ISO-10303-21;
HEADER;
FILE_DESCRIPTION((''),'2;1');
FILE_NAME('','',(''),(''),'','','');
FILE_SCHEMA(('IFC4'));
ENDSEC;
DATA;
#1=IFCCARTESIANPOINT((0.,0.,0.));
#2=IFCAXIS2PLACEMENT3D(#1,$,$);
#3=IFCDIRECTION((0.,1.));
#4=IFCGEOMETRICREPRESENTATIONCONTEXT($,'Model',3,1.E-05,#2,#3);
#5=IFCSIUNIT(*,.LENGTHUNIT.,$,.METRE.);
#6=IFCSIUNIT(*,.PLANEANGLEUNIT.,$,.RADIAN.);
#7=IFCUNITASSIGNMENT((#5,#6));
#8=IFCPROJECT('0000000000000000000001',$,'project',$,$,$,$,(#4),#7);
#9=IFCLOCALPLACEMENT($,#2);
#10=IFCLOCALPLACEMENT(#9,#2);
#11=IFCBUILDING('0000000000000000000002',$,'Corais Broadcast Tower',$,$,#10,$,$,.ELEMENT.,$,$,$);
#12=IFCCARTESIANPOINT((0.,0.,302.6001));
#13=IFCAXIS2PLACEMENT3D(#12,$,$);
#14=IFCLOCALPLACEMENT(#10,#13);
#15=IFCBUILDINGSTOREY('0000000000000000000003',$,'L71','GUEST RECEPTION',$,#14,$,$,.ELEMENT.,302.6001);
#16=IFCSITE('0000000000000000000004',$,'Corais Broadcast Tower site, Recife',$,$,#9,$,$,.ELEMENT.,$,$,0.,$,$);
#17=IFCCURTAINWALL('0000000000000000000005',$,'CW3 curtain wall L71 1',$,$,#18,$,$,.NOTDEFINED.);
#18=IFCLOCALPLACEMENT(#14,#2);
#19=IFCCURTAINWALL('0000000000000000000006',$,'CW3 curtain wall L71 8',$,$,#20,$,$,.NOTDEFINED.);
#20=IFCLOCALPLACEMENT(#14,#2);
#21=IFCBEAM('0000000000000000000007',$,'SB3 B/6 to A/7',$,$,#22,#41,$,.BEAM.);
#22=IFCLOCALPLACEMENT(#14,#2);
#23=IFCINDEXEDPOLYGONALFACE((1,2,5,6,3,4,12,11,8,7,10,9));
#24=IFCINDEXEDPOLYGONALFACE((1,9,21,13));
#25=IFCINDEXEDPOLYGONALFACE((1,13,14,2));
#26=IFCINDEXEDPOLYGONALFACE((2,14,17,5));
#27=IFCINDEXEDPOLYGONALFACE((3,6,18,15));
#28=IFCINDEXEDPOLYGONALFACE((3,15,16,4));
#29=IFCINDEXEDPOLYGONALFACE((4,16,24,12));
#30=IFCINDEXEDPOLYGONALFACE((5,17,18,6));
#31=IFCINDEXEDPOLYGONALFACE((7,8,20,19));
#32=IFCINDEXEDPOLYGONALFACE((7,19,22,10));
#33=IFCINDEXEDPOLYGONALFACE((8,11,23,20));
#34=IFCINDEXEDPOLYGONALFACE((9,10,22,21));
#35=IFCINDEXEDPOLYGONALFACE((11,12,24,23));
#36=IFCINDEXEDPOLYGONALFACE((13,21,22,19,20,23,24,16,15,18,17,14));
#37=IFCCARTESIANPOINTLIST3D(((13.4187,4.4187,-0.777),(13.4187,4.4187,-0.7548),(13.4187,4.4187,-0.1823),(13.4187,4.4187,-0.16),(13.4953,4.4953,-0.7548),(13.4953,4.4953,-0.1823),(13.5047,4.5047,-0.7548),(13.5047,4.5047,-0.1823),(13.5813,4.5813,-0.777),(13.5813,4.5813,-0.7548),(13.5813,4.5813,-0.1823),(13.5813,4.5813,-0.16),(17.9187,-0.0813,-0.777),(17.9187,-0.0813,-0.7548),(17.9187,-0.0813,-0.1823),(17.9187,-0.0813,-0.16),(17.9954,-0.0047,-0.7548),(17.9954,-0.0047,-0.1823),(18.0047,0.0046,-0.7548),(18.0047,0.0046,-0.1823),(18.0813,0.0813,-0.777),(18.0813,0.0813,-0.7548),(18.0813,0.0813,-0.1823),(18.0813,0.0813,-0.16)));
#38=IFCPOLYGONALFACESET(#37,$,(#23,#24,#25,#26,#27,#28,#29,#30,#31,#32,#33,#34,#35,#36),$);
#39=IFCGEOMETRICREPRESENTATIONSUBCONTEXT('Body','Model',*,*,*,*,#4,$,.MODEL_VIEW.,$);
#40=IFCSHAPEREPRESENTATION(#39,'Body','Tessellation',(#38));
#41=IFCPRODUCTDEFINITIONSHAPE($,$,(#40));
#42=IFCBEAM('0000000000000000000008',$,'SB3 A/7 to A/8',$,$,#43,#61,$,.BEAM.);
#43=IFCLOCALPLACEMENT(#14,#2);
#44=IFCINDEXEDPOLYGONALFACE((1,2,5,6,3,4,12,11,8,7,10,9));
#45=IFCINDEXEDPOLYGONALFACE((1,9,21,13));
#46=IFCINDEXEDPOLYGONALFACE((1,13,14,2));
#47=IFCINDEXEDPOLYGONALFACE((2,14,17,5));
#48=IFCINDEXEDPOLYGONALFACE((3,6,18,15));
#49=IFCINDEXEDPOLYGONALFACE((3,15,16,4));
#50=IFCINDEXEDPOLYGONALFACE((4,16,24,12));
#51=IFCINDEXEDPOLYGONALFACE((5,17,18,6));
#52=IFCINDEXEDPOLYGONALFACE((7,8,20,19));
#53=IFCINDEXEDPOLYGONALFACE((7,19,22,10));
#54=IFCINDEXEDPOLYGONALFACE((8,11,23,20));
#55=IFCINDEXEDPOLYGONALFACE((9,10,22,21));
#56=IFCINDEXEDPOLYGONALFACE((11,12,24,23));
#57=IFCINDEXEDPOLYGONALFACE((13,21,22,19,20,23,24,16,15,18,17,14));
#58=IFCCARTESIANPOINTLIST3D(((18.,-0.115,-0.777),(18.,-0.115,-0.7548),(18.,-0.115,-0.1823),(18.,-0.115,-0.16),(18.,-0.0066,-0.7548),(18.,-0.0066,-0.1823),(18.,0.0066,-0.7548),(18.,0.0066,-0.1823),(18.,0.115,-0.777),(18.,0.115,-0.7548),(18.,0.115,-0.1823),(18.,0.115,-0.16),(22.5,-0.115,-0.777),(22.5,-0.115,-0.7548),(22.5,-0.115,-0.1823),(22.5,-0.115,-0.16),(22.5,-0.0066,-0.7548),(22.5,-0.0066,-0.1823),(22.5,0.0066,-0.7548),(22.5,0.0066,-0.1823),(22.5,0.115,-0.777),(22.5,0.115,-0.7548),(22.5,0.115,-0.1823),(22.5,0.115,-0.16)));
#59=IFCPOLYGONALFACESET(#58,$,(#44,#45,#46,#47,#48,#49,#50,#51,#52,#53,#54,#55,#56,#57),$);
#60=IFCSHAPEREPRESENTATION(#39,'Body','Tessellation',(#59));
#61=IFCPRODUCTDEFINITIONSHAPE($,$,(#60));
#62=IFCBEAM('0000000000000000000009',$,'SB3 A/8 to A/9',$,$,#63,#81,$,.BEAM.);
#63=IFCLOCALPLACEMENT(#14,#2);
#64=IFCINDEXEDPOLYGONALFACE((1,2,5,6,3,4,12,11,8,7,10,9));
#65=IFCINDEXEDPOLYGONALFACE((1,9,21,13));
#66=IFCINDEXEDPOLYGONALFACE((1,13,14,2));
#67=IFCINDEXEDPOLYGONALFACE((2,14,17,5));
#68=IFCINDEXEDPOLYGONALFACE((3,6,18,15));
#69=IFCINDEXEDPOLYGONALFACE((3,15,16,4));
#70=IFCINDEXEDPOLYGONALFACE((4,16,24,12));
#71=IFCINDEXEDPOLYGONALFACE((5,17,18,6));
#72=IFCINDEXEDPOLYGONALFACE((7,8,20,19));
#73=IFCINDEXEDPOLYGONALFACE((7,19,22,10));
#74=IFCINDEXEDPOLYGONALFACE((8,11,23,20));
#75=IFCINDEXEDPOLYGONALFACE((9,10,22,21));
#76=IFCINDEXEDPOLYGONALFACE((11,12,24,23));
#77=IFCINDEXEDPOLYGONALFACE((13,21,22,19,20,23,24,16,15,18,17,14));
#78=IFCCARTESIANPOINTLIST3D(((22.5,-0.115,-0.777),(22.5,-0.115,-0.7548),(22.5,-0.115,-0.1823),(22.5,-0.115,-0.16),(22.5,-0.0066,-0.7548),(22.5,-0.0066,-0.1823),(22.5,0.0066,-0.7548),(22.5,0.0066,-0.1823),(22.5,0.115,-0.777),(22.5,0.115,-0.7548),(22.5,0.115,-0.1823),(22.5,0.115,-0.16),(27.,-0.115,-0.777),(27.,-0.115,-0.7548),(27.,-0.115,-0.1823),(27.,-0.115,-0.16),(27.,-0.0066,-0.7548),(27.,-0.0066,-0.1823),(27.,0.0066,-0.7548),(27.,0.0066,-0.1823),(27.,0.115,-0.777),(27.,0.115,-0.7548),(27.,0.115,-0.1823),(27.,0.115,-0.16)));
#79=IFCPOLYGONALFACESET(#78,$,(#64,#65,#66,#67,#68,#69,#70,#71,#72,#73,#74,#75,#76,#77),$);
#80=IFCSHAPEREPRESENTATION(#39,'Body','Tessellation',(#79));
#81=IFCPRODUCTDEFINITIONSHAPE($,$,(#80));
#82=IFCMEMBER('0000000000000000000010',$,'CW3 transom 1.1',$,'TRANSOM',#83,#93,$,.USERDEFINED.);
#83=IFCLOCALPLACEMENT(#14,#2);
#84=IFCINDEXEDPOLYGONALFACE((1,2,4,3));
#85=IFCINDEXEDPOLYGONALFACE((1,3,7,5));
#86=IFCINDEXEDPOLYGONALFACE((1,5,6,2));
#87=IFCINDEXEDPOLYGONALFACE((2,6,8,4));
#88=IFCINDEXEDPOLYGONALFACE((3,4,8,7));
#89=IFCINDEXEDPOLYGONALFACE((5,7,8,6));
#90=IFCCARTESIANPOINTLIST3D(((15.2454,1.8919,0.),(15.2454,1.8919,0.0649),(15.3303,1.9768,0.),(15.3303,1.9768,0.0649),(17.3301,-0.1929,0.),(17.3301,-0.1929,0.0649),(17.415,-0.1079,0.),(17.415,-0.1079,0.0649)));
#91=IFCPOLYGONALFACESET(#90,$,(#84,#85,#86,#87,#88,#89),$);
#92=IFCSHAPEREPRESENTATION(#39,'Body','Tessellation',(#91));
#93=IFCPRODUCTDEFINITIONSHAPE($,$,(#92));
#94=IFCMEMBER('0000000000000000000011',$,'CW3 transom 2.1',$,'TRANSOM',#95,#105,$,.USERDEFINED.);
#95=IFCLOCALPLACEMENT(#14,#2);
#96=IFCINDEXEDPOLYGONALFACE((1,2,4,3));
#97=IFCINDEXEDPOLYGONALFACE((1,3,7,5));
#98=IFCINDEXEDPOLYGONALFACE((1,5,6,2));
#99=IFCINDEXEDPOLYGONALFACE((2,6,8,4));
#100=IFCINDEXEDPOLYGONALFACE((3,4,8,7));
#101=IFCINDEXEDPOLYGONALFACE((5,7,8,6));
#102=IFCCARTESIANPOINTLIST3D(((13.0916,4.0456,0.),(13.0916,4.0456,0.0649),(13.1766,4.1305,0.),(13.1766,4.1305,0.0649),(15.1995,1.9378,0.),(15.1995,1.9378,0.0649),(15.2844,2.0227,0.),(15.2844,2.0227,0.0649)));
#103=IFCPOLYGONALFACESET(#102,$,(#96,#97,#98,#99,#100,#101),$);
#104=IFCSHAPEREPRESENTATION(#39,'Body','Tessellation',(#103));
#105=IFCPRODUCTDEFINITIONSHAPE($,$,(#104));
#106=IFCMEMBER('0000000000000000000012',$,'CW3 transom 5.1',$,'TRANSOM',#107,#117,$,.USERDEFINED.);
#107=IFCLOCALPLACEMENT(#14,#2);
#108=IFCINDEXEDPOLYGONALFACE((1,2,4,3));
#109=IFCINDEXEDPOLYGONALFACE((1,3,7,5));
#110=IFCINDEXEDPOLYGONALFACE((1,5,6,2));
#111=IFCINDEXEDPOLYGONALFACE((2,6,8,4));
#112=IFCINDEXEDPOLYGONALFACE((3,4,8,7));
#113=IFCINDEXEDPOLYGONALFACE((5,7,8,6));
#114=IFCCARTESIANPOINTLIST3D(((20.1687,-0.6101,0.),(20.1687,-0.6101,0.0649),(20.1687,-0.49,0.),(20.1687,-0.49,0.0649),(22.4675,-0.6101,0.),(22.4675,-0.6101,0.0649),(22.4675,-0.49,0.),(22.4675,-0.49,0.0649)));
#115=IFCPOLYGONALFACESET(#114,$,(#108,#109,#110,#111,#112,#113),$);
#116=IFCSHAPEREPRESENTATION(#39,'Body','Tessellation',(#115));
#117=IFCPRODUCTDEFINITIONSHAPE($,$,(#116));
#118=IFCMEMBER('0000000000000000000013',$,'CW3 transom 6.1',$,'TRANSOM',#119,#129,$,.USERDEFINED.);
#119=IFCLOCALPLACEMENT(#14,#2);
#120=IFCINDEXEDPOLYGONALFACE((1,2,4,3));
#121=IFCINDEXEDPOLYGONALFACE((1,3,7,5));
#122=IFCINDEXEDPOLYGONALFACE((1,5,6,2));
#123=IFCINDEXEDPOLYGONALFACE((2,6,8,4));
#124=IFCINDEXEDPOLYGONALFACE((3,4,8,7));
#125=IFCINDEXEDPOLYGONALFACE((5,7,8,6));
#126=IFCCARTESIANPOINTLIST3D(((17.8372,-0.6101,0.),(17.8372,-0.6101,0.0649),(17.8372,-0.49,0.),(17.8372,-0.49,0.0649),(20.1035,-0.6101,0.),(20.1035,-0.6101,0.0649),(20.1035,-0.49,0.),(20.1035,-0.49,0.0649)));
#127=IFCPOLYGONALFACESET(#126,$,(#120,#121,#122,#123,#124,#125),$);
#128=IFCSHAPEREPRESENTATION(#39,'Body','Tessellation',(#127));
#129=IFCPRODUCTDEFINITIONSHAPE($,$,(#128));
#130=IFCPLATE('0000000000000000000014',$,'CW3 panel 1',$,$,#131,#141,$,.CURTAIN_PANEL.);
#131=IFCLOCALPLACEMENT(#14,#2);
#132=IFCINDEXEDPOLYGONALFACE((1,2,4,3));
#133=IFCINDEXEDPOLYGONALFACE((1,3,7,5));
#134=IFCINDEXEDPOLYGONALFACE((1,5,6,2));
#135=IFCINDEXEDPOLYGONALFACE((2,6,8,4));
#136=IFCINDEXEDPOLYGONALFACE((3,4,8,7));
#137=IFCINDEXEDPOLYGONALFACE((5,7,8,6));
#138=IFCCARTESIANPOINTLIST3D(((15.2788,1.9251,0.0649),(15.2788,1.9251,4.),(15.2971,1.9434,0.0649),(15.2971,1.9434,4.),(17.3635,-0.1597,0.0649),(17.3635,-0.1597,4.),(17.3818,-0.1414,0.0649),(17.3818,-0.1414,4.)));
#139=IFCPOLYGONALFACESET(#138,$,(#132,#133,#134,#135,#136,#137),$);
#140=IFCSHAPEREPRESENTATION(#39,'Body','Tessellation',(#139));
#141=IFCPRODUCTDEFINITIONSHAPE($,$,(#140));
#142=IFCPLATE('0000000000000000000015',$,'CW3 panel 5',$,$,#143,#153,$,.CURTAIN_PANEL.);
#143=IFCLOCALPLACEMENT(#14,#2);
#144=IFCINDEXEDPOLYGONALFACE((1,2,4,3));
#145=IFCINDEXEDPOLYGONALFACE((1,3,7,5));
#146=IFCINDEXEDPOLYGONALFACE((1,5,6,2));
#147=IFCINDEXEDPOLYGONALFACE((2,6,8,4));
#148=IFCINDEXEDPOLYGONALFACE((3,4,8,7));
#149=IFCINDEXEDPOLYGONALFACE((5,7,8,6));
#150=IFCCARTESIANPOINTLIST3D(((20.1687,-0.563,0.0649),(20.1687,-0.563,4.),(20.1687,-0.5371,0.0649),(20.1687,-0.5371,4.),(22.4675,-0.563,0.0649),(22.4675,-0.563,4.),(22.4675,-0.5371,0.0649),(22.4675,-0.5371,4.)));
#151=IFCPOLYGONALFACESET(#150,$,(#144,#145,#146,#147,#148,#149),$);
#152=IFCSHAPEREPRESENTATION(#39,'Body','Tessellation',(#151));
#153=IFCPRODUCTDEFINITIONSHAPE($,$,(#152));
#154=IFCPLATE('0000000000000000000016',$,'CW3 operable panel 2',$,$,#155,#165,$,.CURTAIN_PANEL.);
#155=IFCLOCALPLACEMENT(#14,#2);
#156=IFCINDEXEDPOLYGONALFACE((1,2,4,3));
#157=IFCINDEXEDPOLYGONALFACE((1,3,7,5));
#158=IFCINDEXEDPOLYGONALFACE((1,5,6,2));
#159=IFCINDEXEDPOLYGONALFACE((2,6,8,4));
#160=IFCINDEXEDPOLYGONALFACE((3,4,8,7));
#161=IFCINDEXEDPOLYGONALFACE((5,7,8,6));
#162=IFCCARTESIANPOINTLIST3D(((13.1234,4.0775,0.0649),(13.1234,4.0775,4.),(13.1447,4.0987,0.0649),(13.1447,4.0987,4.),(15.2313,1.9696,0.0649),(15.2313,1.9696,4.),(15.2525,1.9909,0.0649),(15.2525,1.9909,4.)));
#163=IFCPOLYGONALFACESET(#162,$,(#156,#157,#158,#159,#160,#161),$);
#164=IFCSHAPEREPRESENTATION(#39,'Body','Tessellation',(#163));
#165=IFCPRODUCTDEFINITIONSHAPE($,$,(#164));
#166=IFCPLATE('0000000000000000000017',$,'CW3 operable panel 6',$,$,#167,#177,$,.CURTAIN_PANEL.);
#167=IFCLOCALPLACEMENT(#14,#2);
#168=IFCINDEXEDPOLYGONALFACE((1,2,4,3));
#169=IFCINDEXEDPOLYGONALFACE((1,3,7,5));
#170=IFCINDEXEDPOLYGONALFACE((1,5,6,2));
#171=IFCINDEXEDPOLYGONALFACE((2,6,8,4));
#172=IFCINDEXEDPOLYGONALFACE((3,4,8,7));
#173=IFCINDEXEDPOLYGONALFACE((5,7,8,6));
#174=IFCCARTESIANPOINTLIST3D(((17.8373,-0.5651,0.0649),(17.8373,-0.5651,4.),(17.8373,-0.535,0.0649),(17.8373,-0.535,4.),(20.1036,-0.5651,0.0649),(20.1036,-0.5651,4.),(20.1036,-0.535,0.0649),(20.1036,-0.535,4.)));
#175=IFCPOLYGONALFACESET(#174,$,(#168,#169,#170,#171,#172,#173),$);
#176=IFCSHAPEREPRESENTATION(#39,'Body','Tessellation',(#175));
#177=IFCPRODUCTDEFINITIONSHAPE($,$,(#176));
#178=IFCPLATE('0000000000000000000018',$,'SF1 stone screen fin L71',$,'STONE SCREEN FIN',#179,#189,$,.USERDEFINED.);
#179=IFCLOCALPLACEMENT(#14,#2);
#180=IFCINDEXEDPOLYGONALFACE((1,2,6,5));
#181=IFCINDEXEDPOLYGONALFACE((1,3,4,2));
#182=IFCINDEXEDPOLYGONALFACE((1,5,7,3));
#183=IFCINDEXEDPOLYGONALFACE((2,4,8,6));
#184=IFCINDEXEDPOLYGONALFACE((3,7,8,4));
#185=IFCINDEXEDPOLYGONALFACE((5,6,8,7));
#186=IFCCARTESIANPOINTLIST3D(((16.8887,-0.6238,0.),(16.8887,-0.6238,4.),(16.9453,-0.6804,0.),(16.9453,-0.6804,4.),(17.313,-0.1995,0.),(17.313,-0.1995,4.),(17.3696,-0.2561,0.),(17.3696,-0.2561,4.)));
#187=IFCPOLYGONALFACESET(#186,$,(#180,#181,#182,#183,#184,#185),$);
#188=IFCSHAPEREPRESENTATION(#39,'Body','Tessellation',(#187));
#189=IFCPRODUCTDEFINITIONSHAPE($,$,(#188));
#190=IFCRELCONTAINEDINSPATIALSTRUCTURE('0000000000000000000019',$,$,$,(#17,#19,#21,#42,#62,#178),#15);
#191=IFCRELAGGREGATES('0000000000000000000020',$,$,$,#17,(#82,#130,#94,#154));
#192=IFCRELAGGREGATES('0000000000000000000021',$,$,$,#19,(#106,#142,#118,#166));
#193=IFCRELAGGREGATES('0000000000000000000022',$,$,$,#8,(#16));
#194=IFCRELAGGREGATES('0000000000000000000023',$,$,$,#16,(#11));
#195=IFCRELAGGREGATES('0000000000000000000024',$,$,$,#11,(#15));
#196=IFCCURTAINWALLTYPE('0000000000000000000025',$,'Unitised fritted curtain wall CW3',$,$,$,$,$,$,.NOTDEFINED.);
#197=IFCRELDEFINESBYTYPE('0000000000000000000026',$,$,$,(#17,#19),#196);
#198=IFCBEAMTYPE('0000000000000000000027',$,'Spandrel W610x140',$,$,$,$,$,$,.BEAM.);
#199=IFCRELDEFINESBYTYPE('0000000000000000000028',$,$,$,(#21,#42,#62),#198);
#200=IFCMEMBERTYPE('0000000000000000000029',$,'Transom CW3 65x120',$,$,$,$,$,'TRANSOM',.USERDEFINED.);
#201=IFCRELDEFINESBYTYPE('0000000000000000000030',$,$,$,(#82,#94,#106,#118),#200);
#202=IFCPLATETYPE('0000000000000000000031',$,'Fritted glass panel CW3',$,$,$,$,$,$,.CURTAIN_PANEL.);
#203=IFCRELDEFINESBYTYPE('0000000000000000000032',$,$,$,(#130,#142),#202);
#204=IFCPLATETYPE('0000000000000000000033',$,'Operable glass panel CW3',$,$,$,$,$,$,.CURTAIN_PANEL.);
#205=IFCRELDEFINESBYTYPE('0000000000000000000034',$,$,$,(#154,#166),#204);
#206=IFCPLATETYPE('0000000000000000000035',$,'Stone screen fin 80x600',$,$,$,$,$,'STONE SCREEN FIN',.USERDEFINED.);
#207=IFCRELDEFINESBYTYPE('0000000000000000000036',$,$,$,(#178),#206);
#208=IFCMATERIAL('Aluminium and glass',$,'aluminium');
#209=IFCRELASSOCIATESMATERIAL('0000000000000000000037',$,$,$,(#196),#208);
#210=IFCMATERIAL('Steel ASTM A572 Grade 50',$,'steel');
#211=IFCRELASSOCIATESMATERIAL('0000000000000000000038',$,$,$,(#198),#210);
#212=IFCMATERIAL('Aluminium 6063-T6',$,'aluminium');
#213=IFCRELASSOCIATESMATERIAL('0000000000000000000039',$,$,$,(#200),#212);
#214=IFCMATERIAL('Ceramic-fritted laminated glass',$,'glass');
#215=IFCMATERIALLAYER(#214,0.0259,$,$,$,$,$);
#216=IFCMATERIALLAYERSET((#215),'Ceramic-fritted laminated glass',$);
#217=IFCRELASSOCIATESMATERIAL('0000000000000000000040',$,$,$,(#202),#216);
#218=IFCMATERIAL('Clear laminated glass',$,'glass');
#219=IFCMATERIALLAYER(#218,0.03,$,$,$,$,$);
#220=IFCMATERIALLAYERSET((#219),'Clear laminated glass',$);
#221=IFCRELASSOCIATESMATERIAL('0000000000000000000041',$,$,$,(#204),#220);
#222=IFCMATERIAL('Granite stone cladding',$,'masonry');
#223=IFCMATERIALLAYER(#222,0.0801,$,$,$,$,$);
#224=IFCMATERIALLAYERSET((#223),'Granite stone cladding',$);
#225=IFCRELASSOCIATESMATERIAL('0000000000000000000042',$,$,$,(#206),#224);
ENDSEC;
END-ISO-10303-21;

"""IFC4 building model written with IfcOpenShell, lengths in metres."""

from ifc_helpers import new_model, si_unit, direction, frame, origin, origin_2d, place, context, subcontext, project, spatial, rectangle, i_section, extrude, material, layer, layer_set, material_profile, profile_set, type_object, element, aggregate, save


model = new_model("IFC4")

# Units and contexts
model_context = context("Model", 3, precision=1e-05, world=origin(), true_north=direction((0.0, 1.0)))
body_context = subcontext(model_context, "Body", "Model", "MODEL_VIEW")
ifc_project = project(units=[si_unit("LENGTHUNIT", "METRE"), si_unit("PLANEANGLEUNIT", "RADIAN")], contexts=[model_context])

# Site, building, storey
site_placement = place(None, origin())
site = spatial("IfcSite", under=ifc_project, at=site_placement, Name="Corais Broadcast Tower site, Recife", CompositionType="ELEMENT", RefElevation=0.0)
building_placement = place(site_placement, origin())
building = spatial("IfcBuilding", under=site, at=building_placement, Name="Corais Broadcast Tower", CompositionType="ELEMENT")
storey_placement = place(building_placement, frame((0.0, 0.0, 302.6001)))
storey = spatial("IfcBuildingStorey", under=building, at=storey_placement, Name="L71", Description="GUEST RECEPTION", CompositionType="ELEMENT", Elevation=302.6001)

# Curtain walls
ifc_material_1 = material(Name="Aluminium and glass", Category="aluminium")
curtain_wall_type = type_object("IfcCurtainWallType", Name="Unitised fritted curtain wall CW3", PredefinedType="NOTDEFINED", material=ifc_material_1)
curtain_wall_1_placement = place(storey_placement, origin())
curtain_wall_1 = element("IfcCurtainWall", 1, at=curtain_wall_1_placement, inside=storey, type_object=curtain_wall_type, Name="CW3 curtain wall L71 1", PredefinedType="NOTDEFINED")
curtain_wall_2_placement = place(storey_placement, origin())
curtain_wall_2 = element("IfcCurtainWall", 2, at=curtain_wall_2_placement, inside=storey, type_object=curtain_wall_type, Name="CW3 curtain wall L71 8", PredefinedType="NOTDEFINED")

# Beams
ifc_material_2 = material(Name="Steel ASTM A572 Grade 50", Category="steel")
ifc_material_profile_1 = material_profile(ifc_material_2, i_section(OverallWidth=0.23, OverallDepth=0.6169, WebThickness=0.0132, FlangeThickness=0.0222, at=origin_2d()), Name="W610x140")
ifc_profile_set_1 = profile_set([ifc_material_profile_1], Name="Steel ASTM A572 Grade 50")
beam_type_1 = type_object("IfcBeamType", Name="Spandrel W610x140", PredefinedType="BEAM", material=ifc_profile_set_1)
beam_1_placement = place(storey_placement, frame((13.5, 4.5, -0.4685), z_axis=(0.707107, -0.707107, 0.0), x_axis=(0.707107, 0.707107, 0.0)))
element("IfcBeam", 3, at=beam_1_placement, inside=storey, type_object=beam_type_1, Name="SB3 B/6 to A/7", PredefinedType="BEAM", context=body_context, shape_type="SweptSolid", body=[
    extrude(i_section(OverallWidth=0.23, OverallDepth=0.6169, WebThickness=0.0132, FlangeThickness=0.0222, at=origin_2d()), origin(), (0.0, 0.0, 1.0), 6.364),
])
for number, where, z_axis, x_axis, name in (
    (4, (18.0, 0.0, -0.4685), (1.0, 0.0, 0.0), (0.0, 1.0, 0.0), "SB3 A/7 to A/8"),
    (5, (22.5, 0.0, -0.4685), (1.0, 0.0, 0.0), (0.0, 1.0, 0.0), "SB3 A/8 to A/9"),
):
    element("IfcBeam", number, at=place(storey_placement, frame(where, z_axis=z_axis, x_axis=x_axis)), inside=storey, type_object=beam_type_1, Name=name, PredefinedType="BEAM", context=body_context, shape_type="SweptSolid", body=[
        extrude(i_section(OverallWidth=0.23, OverallDepth=0.6169, WebThickness=0.0132, FlangeThickness=0.0222, at=origin_2d()), origin(), (0.0, 0.0, 1.0), 4.5),
    ])

# Members
ifc_material_3 = material(Name="Aluminium 6063-T6", Category="aluminium")
ifc_material_profile_2 = material_profile(ifc_material_3, rectangle(XDim=0.1201, YDim=0.0649, at=origin_2d()), Name="Transom CW3 65x120")
ifc_profile_set_2 = profile_set([ifc_material_profile_2], Name="Aluminium 6063-T6")
member_type_1 = type_object("IfcMemberType", Name="Transom CW3 65x120", ElementType="TRANSOM", PredefinedType="USERDEFINED", material=ifc_profile_set_2)
member_1_placement = place(storey_placement, frame((17.3726, -0.1504, 0.0325), z_axis=(-0.707107, 0.707107, 0.0), x_axis=(-0.707107, -0.707107, 0.0)))
member_1 = element("IfcMember", 6, at=member_1_placement, type_object=member_type_1, Name="CW3 transom 1.1", ObjectType="TRANSOM", PredefinedType="USERDEFINED", context=body_context, shape_type="SweptSolid", body=[
    extrude(rectangle(XDim=0.1201, YDim=0.0649, at=origin_2d()), origin(), (0.0, 0.0, 1.0), 2.9482),
])
member_2_placement = place(storey_placement, frame((15.2419, 1.9802, 0.0325), z_axis=(-0.707107, 0.707107, 0.0), x_axis=(-0.707107, -0.707107, 0.0)))
member_2 = element("IfcMember", 7, at=member_2_placement, type_object=member_type_1, Name="CW3 transom 2.1", ObjectType="TRANSOM", PredefinedType="USERDEFINED", context=body_context, shape_type="SweptSolid", body=[
    extrude(rectangle(XDim=0.1201, YDim=0.0649, at=origin_2d()), origin(), (0.0, 0.0, 1.0), 2.981),
])
member_3_placement = place(storey_placement, frame((22.4675, -0.55, 0.0325), z_axis=(-1.0, 0.0, 0.0), x_axis=(0.0, -1.0, 0.0)))
member_3 = element("IfcMember", 8, at=member_3_placement, type_object=member_type_1, Name="CW3 transom 5.1", ObjectType="TRANSOM", PredefinedType="USERDEFINED", context=body_context, shape_type="SweptSolid", body=[
    extrude(rectangle(XDim=0.1201, YDim=0.0649, at=origin_2d()), origin(), (0.0, 0.0, 1.0), 2.2988),
])
member_4_placement = place(storey_placement, frame((20.1035, -0.55, 0.0325), z_axis=(-1.0, 0.0, 0.0), x_axis=(0.0, -1.0, 0.0)))
member_4 = element("IfcMember", 9, at=member_4_placement, type_object=member_type_1, Name="CW3 transom 6.1", ObjectType="TRANSOM", PredefinedType="USERDEFINED", context=body_context, shape_type="SweptSolid", body=[
    extrude(rectangle(XDim=0.1201, YDim=0.0649, at=origin_2d()), origin(), (0.0, 0.0, 1.0), 2.2664),
])

# Plates
ifc_material_4 = material(Name="Ceramic-fritted laminated glass", Category="glass")
ifc_layer_1 = layer(ifc_material_4, 0.0259)
ifc_layer_set_1 = layer_set([ifc_layer_1], Name="Ceramic-fritted laminated glass")
plate_type_1 = type_object("IfcPlateType", Name="Fritted glass panel CW3", PredefinedType="CURTAIN_PANEL", material=ifc_layer_set_1)
plate_1_placement = place(storey_placement, frame((16.3303, 0.8918, 0.0649), z_axis=(0.0, 0.0, 1.0), x_axis=(-0.707107, 0.707107, 0.0)))
plate_1 = element("IfcPlate", 10, at=plate_1_placement, type_object=plate_type_1, Name="CW3 panel 1", PredefinedType="CURTAIN_PANEL", context=body_context, shape_type="SweptSolid", body=[
    extrude(rectangle(XDim=2.9482, YDim=0.0259, at=origin_2d()), origin(), (0.0, 0.0, 1.0), 3.9351),
])
plate_2_placement = place(storey_placement, frame((21.3181, -0.55, 0.0649), z_axis=(0.0, 0.0, 1.0), x_axis=(-1.0, 0.0, 0.0)))
plate_2 = element("IfcPlate", 11, at=plate_2_placement, type_object=plate_type_1, Name="CW3 panel 5", PredefinedType="CURTAIN_PANEL", context=body_context, shape_type="SweptSolid", body=[
    extrude(rectangle(XDim=2.2988, YDim=0.0259, at=origin_2d()), origin(), (0.0, 0.0, 1.0), 3.9351),
])
ifc_material_5 = material(Name="Clear laminated glass", Category="glass")
ifc_layer_2 = layer(ifc_material_5, 0.03)
ifc_layer_set_2 = layer_set([ifc_layer_2], Name="Clear laminated glass")
plate_type_2 = type_object("IfcPlateType", Name="Operable glass panel CW3", PredefinedType="CURTAIN_PANEL", material=ifc_layer_set_2)
plate_3_placement = place(storey_placement, frame((14.188, 3.0342, 0.0649), z_axis=(0.0, 0.0, 1.0), x_axis=(-0.707107, 0.707107, 0.0)))
plate_3 = element("IfcPlate", 12, at=plate_3_placement, type_object=plate_type_2, Name="CW3 operable panel 2", PredefinedType="CURTAIN_PANEL", context=body_context, shape_type="SweptSolid", body=[
    extrude(rectangle(XDim=2.981, YDim=0.03, at=origin_2d()), origin(), (0.0, 0.0, 1.0), 3.9351),
])
aggregate(curtain_wall_1, [member_1, plate_1, member_2, plate_3])
plate_4_placement = place(storey_placement, frame((18.9705, -0.55, 0.0649), z_axis=(0.0, 0.0, 1.0), x_axis=(-1.0, 0.0, 0.0)))
plate_4 = element("IfcPlate", 13, at=plate_4_placement, type_object=plate_type_2, Name="CW3 operable panel 6", PredefinedType="CURTAIN_PANEL", context=body_context, shape_type="SweptSolid", body=[
    extrude(rectangle(XDim=2.2664, YDim=0.03, at=origin_2d()), origin(), (0.0, 0.0, 1.0), 3.9351),
])
aggregate(curtain_wall_2, [member_3, plate_2, member_4, plate_4])
ifc_material_6 = material(Name="Granite stone cladding", Category="masonry")
ifc_layer_3 = layer(ifc_material_6, 0.0801)
ifc_layer_set_3 = layer_set([ifc_layer_3], Name="Granite stone cladding")
plate_type_3 = type_object("IfcPlateType", Name="Stone screen fin 80x600", ElementType="STONE SCREEN FIN", PredefinedType="USERDEFINED", material=ifc_layer_set_3)
plate_5_placement = place(storey_placement, frame((17.1292, -0.4399, 0.0), z_axis=(0.0, 0.0, 1.0), x_axis=(-0.707107, 0.707107, 0.0)))
element("IfcPlate", 14, at=plate_5_placement, inside=storey, type_object=plate_type_3, Name="SF1 stone screen fin L71", ObjectType="STONE SCREEN FIN", PredefinedType="USERDEFINED", context=body_context, shape_type="SweptSolid", body=[
    extrude(rectangle(XDim=0.0801, YDim=0.6001, at=origin_2d()), origin(), (0.0, 0.0, 1.0), 4.0),
])

save(model, "model.ifc")
